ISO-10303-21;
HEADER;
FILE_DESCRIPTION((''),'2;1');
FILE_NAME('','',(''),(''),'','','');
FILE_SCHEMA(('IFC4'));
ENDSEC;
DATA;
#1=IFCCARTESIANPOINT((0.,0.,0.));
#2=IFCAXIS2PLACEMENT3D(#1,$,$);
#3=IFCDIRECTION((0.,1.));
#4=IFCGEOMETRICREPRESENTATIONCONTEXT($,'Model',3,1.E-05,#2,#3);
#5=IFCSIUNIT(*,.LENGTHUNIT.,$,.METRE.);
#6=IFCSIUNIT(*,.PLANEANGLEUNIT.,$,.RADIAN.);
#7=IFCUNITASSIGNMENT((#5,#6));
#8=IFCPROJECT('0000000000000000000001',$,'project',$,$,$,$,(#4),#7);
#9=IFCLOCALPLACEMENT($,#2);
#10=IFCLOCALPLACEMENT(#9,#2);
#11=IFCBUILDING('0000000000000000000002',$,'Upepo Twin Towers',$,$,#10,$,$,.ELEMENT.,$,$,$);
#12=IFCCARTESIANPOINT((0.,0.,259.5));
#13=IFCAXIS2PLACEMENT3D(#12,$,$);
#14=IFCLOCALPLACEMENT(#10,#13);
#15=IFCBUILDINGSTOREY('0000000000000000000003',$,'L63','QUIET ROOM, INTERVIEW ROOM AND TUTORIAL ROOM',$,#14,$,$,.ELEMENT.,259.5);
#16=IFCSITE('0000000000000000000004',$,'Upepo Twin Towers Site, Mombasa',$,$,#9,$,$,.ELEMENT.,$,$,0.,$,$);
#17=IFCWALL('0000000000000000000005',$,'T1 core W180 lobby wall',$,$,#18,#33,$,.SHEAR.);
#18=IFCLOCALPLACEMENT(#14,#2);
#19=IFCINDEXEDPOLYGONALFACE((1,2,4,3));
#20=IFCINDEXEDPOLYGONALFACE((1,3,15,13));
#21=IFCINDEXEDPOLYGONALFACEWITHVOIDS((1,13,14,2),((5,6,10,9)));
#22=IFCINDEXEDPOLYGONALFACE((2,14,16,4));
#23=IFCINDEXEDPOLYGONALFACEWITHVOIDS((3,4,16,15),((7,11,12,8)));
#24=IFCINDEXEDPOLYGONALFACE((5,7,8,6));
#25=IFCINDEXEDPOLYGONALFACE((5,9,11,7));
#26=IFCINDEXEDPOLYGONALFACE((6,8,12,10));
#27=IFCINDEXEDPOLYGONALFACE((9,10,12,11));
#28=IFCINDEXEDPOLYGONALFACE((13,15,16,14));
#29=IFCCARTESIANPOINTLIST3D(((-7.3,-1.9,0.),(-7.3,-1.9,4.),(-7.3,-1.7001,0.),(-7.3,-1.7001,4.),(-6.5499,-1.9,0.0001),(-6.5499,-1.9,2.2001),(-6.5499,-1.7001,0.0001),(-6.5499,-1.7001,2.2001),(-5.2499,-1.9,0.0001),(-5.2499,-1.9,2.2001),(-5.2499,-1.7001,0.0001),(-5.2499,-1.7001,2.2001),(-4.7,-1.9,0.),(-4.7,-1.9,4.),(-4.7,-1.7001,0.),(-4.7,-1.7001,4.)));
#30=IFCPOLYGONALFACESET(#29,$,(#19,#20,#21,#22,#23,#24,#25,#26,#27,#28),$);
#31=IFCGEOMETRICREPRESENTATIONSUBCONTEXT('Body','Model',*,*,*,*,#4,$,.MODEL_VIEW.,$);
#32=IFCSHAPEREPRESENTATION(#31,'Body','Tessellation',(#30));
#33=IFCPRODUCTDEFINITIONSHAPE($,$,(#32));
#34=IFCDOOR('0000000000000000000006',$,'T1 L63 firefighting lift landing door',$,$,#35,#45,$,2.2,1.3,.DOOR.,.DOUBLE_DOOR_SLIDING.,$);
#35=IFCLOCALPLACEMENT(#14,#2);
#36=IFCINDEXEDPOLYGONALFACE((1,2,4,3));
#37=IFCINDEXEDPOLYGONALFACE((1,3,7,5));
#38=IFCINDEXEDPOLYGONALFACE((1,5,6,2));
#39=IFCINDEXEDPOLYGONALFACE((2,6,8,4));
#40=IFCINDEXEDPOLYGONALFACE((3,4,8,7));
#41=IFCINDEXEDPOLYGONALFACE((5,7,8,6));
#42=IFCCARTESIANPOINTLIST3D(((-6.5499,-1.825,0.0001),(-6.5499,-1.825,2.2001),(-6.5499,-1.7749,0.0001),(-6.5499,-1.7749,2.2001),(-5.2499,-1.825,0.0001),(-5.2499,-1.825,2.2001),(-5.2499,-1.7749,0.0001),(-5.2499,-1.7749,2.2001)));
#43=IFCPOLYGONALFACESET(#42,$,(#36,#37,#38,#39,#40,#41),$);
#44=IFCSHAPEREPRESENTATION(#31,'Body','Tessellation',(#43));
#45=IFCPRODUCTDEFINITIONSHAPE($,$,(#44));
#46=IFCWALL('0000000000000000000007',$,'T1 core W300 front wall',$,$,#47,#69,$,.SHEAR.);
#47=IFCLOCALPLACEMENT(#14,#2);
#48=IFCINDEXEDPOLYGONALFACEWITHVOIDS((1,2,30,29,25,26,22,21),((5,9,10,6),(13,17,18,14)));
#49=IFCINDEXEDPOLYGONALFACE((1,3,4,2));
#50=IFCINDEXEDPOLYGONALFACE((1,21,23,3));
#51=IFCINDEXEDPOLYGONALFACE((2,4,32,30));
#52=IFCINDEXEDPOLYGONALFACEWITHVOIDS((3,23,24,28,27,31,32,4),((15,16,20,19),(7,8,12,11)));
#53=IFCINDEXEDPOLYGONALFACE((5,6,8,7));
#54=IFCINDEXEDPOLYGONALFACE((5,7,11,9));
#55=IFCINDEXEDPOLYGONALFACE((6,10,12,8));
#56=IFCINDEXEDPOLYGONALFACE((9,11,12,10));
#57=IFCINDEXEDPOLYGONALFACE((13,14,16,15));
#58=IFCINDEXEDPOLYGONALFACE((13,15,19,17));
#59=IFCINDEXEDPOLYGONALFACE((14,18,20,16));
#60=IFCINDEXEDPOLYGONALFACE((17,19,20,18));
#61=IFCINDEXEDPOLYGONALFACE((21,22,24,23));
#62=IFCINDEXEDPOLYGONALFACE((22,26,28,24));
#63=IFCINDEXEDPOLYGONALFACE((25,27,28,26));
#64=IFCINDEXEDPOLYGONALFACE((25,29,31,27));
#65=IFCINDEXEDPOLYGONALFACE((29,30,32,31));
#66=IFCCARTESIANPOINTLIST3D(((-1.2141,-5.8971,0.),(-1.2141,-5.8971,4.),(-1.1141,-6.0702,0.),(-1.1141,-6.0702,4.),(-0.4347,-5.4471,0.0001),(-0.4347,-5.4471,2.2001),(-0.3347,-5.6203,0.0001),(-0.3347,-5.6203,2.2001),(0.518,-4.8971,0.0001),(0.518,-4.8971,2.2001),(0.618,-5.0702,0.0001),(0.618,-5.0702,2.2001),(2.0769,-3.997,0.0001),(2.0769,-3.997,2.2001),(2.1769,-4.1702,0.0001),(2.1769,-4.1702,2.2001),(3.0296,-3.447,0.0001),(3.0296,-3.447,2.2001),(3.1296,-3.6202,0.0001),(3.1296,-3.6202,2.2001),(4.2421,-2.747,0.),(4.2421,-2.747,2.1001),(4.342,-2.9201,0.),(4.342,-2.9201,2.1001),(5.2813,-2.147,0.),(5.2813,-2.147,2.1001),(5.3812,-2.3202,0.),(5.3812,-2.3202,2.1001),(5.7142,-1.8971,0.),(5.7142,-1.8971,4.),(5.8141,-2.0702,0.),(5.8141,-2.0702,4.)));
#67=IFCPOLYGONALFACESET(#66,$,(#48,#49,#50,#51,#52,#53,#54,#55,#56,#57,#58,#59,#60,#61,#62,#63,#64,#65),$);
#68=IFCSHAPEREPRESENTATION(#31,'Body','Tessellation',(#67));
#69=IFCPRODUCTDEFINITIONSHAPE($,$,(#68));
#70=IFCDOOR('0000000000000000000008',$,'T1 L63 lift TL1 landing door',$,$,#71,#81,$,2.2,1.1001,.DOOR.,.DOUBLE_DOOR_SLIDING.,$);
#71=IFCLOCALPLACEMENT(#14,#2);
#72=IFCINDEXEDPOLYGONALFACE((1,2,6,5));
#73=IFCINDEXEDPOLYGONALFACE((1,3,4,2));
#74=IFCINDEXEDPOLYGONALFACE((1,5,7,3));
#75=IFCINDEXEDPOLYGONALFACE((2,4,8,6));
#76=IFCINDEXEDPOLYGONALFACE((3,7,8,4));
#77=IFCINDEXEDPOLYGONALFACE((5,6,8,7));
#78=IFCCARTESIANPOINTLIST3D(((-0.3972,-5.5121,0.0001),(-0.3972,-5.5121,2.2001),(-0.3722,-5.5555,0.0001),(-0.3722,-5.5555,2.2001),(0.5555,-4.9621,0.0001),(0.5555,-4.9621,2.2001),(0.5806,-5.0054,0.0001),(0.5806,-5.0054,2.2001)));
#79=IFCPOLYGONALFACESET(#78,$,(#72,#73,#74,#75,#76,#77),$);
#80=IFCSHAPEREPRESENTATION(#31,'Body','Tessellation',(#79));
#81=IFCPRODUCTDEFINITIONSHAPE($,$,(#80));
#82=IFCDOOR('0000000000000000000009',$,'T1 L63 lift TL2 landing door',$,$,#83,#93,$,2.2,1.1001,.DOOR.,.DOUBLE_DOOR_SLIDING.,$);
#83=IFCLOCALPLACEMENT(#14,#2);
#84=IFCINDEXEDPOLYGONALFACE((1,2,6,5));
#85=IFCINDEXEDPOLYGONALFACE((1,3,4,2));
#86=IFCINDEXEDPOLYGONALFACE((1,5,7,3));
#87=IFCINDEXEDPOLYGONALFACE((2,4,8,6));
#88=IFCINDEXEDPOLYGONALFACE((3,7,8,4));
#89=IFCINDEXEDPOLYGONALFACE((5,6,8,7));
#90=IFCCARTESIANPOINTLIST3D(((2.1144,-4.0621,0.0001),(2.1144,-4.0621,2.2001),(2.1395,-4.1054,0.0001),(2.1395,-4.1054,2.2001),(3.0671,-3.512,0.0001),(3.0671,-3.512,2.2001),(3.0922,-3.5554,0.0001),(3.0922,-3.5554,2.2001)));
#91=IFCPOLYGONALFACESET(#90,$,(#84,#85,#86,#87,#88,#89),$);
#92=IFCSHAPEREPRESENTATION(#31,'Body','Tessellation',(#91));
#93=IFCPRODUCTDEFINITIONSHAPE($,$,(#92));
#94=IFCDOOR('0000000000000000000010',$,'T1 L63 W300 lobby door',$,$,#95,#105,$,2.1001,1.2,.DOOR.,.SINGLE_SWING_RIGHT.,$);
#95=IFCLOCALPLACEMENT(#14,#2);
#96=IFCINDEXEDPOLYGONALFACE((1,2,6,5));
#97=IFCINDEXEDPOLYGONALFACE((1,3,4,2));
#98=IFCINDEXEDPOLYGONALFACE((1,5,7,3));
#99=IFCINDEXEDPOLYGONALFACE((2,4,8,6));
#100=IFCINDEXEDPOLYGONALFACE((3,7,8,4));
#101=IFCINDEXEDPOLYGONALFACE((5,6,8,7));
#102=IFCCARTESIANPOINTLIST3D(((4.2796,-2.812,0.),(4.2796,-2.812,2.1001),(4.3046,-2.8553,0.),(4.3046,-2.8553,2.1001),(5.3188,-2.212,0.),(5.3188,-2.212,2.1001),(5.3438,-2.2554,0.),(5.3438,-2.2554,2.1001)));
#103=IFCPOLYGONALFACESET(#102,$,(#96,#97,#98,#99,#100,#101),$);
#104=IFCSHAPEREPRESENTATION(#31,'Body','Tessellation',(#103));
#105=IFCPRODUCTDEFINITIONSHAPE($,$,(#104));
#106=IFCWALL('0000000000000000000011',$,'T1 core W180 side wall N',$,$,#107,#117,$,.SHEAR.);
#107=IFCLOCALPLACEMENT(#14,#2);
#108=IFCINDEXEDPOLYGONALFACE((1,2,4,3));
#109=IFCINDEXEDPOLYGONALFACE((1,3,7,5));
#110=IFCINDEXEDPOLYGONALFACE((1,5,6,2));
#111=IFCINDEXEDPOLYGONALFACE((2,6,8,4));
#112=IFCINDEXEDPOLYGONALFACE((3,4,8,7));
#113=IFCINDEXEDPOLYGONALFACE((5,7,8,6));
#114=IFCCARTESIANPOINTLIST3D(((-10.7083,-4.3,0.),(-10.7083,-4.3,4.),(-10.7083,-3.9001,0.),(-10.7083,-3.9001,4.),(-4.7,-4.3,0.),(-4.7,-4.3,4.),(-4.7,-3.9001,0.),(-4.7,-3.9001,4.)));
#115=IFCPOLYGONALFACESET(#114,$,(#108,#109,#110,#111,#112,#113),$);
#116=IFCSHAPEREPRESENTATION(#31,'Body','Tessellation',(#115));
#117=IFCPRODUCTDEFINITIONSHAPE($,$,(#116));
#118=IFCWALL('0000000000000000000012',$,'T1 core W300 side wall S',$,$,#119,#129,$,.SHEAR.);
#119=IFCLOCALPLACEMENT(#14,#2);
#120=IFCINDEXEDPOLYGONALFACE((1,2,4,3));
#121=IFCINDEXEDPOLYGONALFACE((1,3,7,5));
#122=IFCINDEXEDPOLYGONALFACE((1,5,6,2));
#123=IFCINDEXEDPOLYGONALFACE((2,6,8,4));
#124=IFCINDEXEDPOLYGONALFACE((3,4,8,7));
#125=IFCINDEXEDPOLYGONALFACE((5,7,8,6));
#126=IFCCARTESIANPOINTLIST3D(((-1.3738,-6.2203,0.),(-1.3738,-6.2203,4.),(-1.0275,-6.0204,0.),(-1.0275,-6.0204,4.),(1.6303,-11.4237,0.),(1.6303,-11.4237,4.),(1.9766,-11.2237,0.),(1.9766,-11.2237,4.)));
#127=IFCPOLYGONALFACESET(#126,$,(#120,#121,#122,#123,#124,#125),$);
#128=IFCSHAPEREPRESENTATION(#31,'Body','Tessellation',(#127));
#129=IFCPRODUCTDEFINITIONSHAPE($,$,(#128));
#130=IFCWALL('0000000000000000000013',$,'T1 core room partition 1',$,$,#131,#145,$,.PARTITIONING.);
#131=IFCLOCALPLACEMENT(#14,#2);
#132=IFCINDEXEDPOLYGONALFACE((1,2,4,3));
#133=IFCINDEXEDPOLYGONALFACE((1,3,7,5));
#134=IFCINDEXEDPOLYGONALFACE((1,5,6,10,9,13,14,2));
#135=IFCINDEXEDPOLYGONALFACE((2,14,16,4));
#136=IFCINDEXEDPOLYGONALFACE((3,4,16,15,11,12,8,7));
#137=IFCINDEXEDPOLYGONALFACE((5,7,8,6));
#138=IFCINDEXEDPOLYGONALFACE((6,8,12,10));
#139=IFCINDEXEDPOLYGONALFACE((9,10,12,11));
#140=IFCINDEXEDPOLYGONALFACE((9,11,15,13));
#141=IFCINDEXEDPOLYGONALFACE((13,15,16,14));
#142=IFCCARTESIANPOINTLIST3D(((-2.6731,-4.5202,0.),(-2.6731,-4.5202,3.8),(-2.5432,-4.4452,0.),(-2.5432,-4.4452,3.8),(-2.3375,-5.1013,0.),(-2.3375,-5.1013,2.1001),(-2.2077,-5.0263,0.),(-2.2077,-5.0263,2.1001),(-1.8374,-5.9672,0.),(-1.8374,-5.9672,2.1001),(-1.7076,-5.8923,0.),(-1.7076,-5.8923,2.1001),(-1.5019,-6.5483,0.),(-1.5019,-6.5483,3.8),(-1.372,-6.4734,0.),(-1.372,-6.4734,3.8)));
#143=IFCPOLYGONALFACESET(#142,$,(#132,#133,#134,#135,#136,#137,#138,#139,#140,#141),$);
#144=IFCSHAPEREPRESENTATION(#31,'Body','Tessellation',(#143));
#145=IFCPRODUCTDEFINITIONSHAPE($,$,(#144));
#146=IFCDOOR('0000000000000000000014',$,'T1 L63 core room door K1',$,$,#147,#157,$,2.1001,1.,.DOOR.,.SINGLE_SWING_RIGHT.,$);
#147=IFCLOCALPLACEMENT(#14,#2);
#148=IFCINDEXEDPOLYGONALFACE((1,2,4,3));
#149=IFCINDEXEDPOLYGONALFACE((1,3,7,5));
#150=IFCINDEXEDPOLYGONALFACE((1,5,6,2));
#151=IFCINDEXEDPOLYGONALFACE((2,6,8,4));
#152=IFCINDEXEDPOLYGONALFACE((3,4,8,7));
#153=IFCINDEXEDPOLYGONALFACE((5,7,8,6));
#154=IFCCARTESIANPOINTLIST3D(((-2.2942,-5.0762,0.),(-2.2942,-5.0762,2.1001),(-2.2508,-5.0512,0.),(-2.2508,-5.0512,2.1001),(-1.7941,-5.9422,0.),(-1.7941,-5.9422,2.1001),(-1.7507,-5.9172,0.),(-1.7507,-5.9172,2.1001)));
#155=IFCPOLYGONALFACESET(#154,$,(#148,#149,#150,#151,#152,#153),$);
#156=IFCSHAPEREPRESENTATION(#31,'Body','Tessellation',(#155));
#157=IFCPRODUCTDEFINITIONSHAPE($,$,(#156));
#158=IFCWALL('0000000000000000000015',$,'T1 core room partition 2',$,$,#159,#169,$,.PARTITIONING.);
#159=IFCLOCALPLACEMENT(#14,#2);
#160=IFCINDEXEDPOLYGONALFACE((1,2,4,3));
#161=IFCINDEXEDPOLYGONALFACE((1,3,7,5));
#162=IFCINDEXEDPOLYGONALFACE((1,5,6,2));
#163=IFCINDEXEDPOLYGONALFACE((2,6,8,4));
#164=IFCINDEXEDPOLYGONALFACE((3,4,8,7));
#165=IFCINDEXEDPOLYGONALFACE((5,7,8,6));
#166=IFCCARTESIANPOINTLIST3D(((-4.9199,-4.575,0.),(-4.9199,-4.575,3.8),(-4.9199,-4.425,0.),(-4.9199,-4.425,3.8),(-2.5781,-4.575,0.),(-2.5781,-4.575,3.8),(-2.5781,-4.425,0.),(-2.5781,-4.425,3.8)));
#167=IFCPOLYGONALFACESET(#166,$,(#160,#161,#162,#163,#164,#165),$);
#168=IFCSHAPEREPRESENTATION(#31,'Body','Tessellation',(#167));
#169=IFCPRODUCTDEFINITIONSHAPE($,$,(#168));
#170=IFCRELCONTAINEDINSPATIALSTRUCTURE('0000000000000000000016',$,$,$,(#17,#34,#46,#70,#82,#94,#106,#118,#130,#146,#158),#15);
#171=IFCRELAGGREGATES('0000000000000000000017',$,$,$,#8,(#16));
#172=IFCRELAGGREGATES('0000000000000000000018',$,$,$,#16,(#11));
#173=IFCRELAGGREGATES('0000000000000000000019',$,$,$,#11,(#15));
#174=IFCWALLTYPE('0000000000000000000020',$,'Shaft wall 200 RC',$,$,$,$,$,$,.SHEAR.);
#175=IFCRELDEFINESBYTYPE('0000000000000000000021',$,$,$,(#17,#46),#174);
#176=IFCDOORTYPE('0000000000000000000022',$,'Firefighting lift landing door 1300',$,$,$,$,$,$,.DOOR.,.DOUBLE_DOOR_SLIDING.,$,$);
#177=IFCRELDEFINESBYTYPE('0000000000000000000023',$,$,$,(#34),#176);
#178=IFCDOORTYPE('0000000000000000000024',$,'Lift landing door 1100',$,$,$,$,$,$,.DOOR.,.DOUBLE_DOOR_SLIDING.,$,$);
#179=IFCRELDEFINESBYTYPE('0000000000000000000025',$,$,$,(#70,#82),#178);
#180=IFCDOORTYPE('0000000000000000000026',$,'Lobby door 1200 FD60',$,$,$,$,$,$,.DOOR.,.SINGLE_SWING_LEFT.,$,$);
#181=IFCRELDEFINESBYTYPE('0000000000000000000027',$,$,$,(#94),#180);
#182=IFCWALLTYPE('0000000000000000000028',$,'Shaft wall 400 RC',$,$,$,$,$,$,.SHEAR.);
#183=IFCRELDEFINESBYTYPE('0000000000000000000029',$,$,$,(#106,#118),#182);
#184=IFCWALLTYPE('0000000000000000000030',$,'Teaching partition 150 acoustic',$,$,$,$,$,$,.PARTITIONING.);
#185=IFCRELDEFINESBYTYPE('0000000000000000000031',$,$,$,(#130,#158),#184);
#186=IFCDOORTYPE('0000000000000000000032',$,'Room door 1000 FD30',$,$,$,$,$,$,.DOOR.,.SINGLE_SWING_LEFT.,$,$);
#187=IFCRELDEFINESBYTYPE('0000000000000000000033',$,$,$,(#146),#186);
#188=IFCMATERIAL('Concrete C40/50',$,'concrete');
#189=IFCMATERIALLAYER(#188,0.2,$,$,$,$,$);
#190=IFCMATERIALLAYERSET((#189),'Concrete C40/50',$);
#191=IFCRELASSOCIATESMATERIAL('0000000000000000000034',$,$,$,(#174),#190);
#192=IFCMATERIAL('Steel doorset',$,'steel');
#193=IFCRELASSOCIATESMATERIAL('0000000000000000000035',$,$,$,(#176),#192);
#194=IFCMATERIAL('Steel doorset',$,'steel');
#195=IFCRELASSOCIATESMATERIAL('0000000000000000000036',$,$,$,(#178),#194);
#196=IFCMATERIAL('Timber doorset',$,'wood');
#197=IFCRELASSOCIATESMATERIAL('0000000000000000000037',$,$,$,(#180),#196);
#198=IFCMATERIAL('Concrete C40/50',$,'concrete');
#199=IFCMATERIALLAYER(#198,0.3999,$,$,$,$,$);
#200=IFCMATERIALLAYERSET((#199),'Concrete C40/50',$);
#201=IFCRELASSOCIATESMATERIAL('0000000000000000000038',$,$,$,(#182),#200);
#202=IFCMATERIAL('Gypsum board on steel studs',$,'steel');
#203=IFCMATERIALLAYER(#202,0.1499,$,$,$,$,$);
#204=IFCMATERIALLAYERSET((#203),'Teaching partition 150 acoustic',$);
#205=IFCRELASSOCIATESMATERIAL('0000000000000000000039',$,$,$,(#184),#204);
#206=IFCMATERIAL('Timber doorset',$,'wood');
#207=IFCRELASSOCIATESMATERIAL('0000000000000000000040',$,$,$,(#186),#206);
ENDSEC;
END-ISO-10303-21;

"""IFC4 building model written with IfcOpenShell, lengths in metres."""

from ifc_helpers import new_model, si_unit, direction, frame, frame_2d, origin, place, context, subcontext, project, spatial, rectangle, extrude, material, layer, layer_set, type_object, element, fill, save


model = new_model("IFC4")

# Units and contexts
model_context = context("Model", 3, precision=1e-05, world=origin(), true_north=direction((0.0, 1.0)))
body_context = subcontext(model_context, "Body", "Model", "MODEL_VIEW")
ifc_project = project(units=[si_unit("LENGTHUNIT", "METRE"), si_unit("PLANEANGLEUNIT", "RADIAN")], contexts=[model_context])

# Site, building, storey
site_placement = place(None, origin())
site = spatial("IfcSite", under=ifc_project, at=site_placement, Name="Upepo Twin Towers Site, Mombasa", CompositionType="ELEMENT", RefElevation=0.0)
building_placement = place(site_placement, origin())
building = spatial("IfcBuilding", under=site, at=building_placement, Name="Upepo Twin Towers", CompositionType="ELEMENT")
storey_placement = place(building_placement, frame((0.0, 0.0, 259.5)))
storey = spatial("IfcBuildingStorey", under=building, at=storey_placement, Name="L63", Description="QUIET ROOM, INTERVIEW ROOM AND TUTORIAL ROOM", CompositionType="ELEMENT", Elevation=259.5)

# Wall, opening, door
ifc_material_1 = material(Name="Concrete C40/50", Category="concrete")
ifc_layer_1 = layer(ifc_material_1, 0.2)
ifc_layer_set_1 = layer_set([ifc_layer_1], Name="Concrete C40/50")
wall_type_1 = type_object("IfcWallType", Name="Shaft wall 200 RC", PredefinedType="SHEAR", material=ifc_layer_set_1)
wall_1_placement = place(storey_placement, frame((-4.7, -1.8, 0.0), z_axis=(0.0, 0.0, 1.0), x_axis=(-1.0, 0.0, 0.0)))
wall_1 = element("IfcWall", 1, at=wall_1_placement, inside=storey, type_object=wall_type_1, Name="T1 core W180 lobby wall", PredefinedType="SHEAR", context=body_context, shape_type="SweptSolid", body=[
    extrude(rectangle(XDim=2.6001, YDim=0.2, at=frame_2d((1.3, 0.0))), origin(), (0.0, 0.0, 1.0), 4.0),
])
opening_1_placement = place(wall_1_placement, frame((0.55, 0.0, 0.0)))
opening_1 = element("IfcOpeningElement", 2, at=opening_1_placement, cuts=wall_1, PredefinedType="OPENING", context=body_context, shape_type="SweptSolid", body=[
    extrude(rectangle(XDim=1.3, YDim=2.2, at=frame_2d((0.6499, 1.1001))), frame((0.0, 0.1099, 0.0), z_axis=(0.0, -1.0, 0.0), x_axis=(1.0, 0.0, 0.0)), (0.0, 0.0, 1.0), 0.22),
])
ifc_material_2 = material(Name="Steel doorset", Category="steel")
door_type_1 = type_object("IfcDoorType", Name="Firefighting lift landing door 1300", OperationType="DOUBLE_DOOR_SLIDING", PredefinedType="DOOR", material=ifc_material_2)
door_1_placement = place(opening_1_placement, origin())
door_1 = element("IfcDoor", 3, at=door_1_placement, inside=storey, type_object=door_type_1, Name="T1 L63 firefighting lift landing door", OperationType="DOUBLE_DOOR_SLIDING", OverallHeight=2.2, OverallWidth=1.3, PredefinedType="DOOR", context=body_context, shape_type="SweptSolid", body=[
    extrude(rectangle(XDim=1.3, YDim=2.2, at=frame_2d((0.6499, 1.1001))), frame((0.0, 0.0249, 0.0), z_axis=(0.0, -1.0, 0.0), x_axis=(1.0, 0.0, 0.0)), (0.0, 0.0, 1.0), 0.05),
])
fill(opening_1, door_1)

# Wall, openings, doors
wall_2_placement = place(storey_placement, frame((-1.1641, -5.9836, 0.0), z_axis=(0.0, 0.0, 1.0), x_axis=(0.866026, 0.499999, 0.0)))
wall_2 = element("IfcWall", 4, at=wall_2_placement, inside=storey, type_object=wall_type_1, Name="T1 core W300 front wall", PredefinedType="SHEAR", context=body_context, shape_type="SweptSolid", body=[
    extrude(rectangle(XDim=8.0, YDim=0.2, at=frame_2d((4.0, 0.0))), origin(), (0.0, 0.0, 1.0), 4.0),
])
opening_2_placement = place(wall_2_placement, frame((6.3, 0.0, 0.0)))
opening_2 = element("IfcOpeningElement", 5, at=opening_2_placement, cuts=wall_2, PredefinedType="OPENING", context=body_context, shape_type="SweptSolid", body=[
    extrude(rectangle(XDim=1.2, YDim=2.1001, at=frame_2d((0.6001, 1.05))), frame((0.0, 0.1099, 0.0), z_axis=(0.0, -1.0, 0.0), x_axis=(1.0, 0.0, 0.0)), (0.0, 0.0, 1.0), 0.22),
])
opening_3_placement = place(wall_2_placement, frame((0.8999, 0.0, 0.0)))
opening_3 = element("IfcOpeningElement", 6, at=opening_3_placement, cuts=wall_2, PredefinedType="OPENING", context=body_context, shape_type="SweptSolid", body=[
    extrude(rectangle(XDim=1.1001, YDim=2.2, at=frame_2d((0.55, 1.1001))), frame((0.0, 0.1099, 0.0), z_axis=(0.0, -1.0, 0.0), x_axis=(1.0, 0.0, 0.0)), (0.0, 0.0, 1.0), 0.22),
])
opening_4_placement = place(wall_2_placement, frame((3.8, 0.0, 0.0)))
opening_4 = element("IfcOpeningElement", 7, at=opening_4_placement, cuts=wall_2, PredefinedType="OPENING", context=body_context, shape_type="SweptSolid", body=[
    extrude(rectangle(XDim=1.1001, YDim=2.2, at=frame_2d((0.55, 1.1001))), frame((0.0, 0.1099, 0.0), z_axis=(0.0, -1.0, 0.0), x_axis=(1.0, 0.0, 0.0)), (0.0, 0.0, 1.0), 0.22),
])
ifc_material_3 = material(Name="Steel doorset", Category="steel")
door_type_2 = type_object("IfcDoorType", Name="Lift landing door 1100", OperationType="DOUBLE_DOOR_SLIDING", PredefinedType="DOOR", material=ifc_material_3)
door_2_placement = place(opening_3_placement, origin())
door_2 = element("IfcDoor", 8, at=door_2_placement, inside=storey, type_object=door_type_2, Name="T1 L63 lift TL1 landing door", OperationType="DOUBLE_DOOR_SLIDING", OverallHeight=2.2, OverallWidth=1.1001, PredefinedType="DOOR", context=body_context, shape_type="SweptSolid", body=[
    extrude(rectangle(XDim=1.1001, YDim=2.2, at=frame_2d((0.55, 1.1001))), frame((0.0, 0.0249, 0.0), z_axis=(0.0, -1.0, 0.0), x_axis=(1.0, 0.0, 0.0)), (0.0, 0.0, 1.0), 0.05),
])
fill(opening_3, door_2)
door_3_placement = place(opening_4_placement, origin())
door_3 = element("IfcDoor", 9, at=door_3_placement, inside=storey, type_object=door_type_2, Name="T1 L63 lift TL2 landing door", OperationType="DOUBLE_DOOR_SLIDING", OverallHeight=2.2, OverallWidth=1.1001, PredefinedType="DOOR", context=body_context, shape_type="SweptSolid", body=[
    extrude(rectangle(XDim=1.1001, YDim=2.2, at=frame_2d((0.55, 1.1001))), frame((0.0, 0.0249, 0.0), z_axis=(0.0, -1.0, 0.0), x_axis=(1.0, 0.0, 0.0)), (0.0, 0.0, 1.0), 0.05),
])
fill(opening_4, door_3)
ifc_material_4 = material(Name="Timber doorset", Category="wood")
door_type_3 = type_object("IfcDoorType", Name="Lobby door 1200 FD60", OperationType="SINGLE_SWING_LEFT", PredefinedType="DOOR", material=ifc_material_4)
door_4_placement = place(opening_2_placement, origin())
door_4 = element("IfcDoor", 10, at=door_4_placement, inside=storey, type_object=door_type_3, Name="T1 L63 W300 lobby door", OperationType="SINGLE_SWING_RIGHT", OverallHeight=2.1001, OverallWidth=1.2, PredefinedType="DOOR", context=body_context, shape_type="SweptSolid", body=[
    extrude(rectangle(XDim=1.2, YDim=2.1001, at=frame_2d((0.6001, 1.05))), frame((0.0, 0.0249, 0.0), z_axis=(0.0, -1.0, 0.0), x_axis=(1.0, 0.0, 0.0)), (0.0, 0.0, 1.0), 0.05),
])
fill(opening_2, door_4)

# Walls
ifc_material_5 = material(Name="Concrete C40/50", Category="concrete")
ifc_layer_2 = layer(ifc_material_5, 0.3999)
ifc_layer_set_2 = layer_set([ifc_layer_2], Name="Concrete C40/50")
wall_type_2 = type_object("IfcWallType", Name="Shaft wall 400 RC", PredefinedType="SHEAR", material=ifc_layer_set_2)
for number, where, z_axis, x_axis, name in (
    (11, (-4.7, -4.1001, 0.0), (0.0, 0.0, 1.0), (-1.0, 0.0, 0.0), "T1 core W180 side wall N"),
    (12, (-1.2007, -6.1204, 0.0), (0.0, 0.0, 1.0), (0.499998, -0.866027, 0.0), "T1 core W300 side wall S"),
):
    element("IfcWall", number, at=place(storey_placement, frame(where, z_axis=z_axis, x_axis=x_axis)), inside=storey, type_object=wall_type_2, Name=name, PredefinedType="SHEAR", context=body_context, shape_type="SweptSolid", body=[
        extrude(rectangle(XDim=6.0083, YDim=0.3999, at=frame_2d((3.0042, 0.0))), origin(), (0.0, 0.0, 1.0), 4.0),
    ])

# Wall, opening, door
ifc_material_6 = material(Name="Gypsum board on steel studs", Category="steel")
ifc_layer_3 = layer(ifc_material_6, 0.1499)
ifc_layer_set_3 = layer_set([ifc_layer_3], Name="Teaching partition 150 acoustic")
wall_type_3 = type_object("IfcWallType", Name="Teaching partition 150 acoustic", PredefinedType="PARTITIONING", material=ifc_layer_set_3)
wall_3_placement = place(storey_placement, frame((-1.437, -6.5107, 0.0), z_axis=(0.0, 0.0, 1.0), x_axis=(-0.500074, 0.865982, 0.0)))
wall_3 = element("IfcWall", 13, at=wall_3_placement, inside=storey, type_object=wall_type_3, Name="T1 core room partition 1", PredefinedType="PARTITIONING", context=body_context, shape_type="SweptSolid", body=[
    extrude(rectangle(XDim=2.342, YDim=0.1499, at=frame_2d((1.1709, 0.0))), origin(), (0.0, 0.0, 1.0), 3.8),
])
opening_5_placement = place(wall_3_placement, frame((0.6709, 0.0, 0.0)))
opening_5 = element("IfcOpeningElement", 14, at=opening_5_placement, cuts=wall_3, PredefinedType="OPENING", context=body_context, shape_type="SweptSolid", body=[
    extrude(rectangle(XDim=1.0, YDim=2.1001, at=frame_2d((0.5, 1.05))), frame((0.0, 0.085, 0.0), z_axis=(0.0, -1.0, 0.0), x_axis=(1.0, 0.0, 0.0)), (0.0, 0.0, 1.0), 0.1699),
])
ifc_material_7 = material(Name="Timber doorset", Category="wood")
door_type_4 = type_object("IfcDoorType", Name="Room door 1000 FD30", OperationType="SINGLE_SWING_LEFT", PredefinedType="DOOR", material=ifc_material_7)
door_5_placement = place(opening_5_placement, origin())
door_5 = element("IfcDoor", 15, at=door_5_placement, inside=storey, type_object=door_type_4, Name="T1 L63 core room door K1", OperationType="SINGLE_SWING_RIGHT", OverallHeight=2.1001, OverallWidth=1.0, PredefinedType="DOOR", context=body_context, shape_type="SweptSolid", body=[
    extrude(rectangle(XDim=1.0, YDim=2.1001, at=frame_2d((0.5, 1.05))), frame((0.0, 0.0249, 0.0), z_axis=(0.0, -1.0, 0.0), x_axis=(1.0, 0.0, 0.0)), (0.0, 0.0, 1.0), 0.05),
])
fill(opening_5, door_5)

# Wall
wall_4_placement = place(storey_placement, frame((-2.5781, -4.5, 0.0), z_axis=(0.0, 0.0, 1.0), x_axis=(-1.0, 0.0, 0.0)))
element("IfcWall", 16, at=wall_4_placement, inside=storey, type_object=wall_type_3, Name="T1 core room partition 2", PredefinedType="PARTITIONING", context=body_context, shape_type="SweptSolid", body=[
    extrude(rectangle(XDim=2.3418, YDim=0.1499, at=frame_2d((1.1709, 0.0))), origin(), (0.0, 0.0, 1.0), 3.8),
])

save(model, "model.ifc")
